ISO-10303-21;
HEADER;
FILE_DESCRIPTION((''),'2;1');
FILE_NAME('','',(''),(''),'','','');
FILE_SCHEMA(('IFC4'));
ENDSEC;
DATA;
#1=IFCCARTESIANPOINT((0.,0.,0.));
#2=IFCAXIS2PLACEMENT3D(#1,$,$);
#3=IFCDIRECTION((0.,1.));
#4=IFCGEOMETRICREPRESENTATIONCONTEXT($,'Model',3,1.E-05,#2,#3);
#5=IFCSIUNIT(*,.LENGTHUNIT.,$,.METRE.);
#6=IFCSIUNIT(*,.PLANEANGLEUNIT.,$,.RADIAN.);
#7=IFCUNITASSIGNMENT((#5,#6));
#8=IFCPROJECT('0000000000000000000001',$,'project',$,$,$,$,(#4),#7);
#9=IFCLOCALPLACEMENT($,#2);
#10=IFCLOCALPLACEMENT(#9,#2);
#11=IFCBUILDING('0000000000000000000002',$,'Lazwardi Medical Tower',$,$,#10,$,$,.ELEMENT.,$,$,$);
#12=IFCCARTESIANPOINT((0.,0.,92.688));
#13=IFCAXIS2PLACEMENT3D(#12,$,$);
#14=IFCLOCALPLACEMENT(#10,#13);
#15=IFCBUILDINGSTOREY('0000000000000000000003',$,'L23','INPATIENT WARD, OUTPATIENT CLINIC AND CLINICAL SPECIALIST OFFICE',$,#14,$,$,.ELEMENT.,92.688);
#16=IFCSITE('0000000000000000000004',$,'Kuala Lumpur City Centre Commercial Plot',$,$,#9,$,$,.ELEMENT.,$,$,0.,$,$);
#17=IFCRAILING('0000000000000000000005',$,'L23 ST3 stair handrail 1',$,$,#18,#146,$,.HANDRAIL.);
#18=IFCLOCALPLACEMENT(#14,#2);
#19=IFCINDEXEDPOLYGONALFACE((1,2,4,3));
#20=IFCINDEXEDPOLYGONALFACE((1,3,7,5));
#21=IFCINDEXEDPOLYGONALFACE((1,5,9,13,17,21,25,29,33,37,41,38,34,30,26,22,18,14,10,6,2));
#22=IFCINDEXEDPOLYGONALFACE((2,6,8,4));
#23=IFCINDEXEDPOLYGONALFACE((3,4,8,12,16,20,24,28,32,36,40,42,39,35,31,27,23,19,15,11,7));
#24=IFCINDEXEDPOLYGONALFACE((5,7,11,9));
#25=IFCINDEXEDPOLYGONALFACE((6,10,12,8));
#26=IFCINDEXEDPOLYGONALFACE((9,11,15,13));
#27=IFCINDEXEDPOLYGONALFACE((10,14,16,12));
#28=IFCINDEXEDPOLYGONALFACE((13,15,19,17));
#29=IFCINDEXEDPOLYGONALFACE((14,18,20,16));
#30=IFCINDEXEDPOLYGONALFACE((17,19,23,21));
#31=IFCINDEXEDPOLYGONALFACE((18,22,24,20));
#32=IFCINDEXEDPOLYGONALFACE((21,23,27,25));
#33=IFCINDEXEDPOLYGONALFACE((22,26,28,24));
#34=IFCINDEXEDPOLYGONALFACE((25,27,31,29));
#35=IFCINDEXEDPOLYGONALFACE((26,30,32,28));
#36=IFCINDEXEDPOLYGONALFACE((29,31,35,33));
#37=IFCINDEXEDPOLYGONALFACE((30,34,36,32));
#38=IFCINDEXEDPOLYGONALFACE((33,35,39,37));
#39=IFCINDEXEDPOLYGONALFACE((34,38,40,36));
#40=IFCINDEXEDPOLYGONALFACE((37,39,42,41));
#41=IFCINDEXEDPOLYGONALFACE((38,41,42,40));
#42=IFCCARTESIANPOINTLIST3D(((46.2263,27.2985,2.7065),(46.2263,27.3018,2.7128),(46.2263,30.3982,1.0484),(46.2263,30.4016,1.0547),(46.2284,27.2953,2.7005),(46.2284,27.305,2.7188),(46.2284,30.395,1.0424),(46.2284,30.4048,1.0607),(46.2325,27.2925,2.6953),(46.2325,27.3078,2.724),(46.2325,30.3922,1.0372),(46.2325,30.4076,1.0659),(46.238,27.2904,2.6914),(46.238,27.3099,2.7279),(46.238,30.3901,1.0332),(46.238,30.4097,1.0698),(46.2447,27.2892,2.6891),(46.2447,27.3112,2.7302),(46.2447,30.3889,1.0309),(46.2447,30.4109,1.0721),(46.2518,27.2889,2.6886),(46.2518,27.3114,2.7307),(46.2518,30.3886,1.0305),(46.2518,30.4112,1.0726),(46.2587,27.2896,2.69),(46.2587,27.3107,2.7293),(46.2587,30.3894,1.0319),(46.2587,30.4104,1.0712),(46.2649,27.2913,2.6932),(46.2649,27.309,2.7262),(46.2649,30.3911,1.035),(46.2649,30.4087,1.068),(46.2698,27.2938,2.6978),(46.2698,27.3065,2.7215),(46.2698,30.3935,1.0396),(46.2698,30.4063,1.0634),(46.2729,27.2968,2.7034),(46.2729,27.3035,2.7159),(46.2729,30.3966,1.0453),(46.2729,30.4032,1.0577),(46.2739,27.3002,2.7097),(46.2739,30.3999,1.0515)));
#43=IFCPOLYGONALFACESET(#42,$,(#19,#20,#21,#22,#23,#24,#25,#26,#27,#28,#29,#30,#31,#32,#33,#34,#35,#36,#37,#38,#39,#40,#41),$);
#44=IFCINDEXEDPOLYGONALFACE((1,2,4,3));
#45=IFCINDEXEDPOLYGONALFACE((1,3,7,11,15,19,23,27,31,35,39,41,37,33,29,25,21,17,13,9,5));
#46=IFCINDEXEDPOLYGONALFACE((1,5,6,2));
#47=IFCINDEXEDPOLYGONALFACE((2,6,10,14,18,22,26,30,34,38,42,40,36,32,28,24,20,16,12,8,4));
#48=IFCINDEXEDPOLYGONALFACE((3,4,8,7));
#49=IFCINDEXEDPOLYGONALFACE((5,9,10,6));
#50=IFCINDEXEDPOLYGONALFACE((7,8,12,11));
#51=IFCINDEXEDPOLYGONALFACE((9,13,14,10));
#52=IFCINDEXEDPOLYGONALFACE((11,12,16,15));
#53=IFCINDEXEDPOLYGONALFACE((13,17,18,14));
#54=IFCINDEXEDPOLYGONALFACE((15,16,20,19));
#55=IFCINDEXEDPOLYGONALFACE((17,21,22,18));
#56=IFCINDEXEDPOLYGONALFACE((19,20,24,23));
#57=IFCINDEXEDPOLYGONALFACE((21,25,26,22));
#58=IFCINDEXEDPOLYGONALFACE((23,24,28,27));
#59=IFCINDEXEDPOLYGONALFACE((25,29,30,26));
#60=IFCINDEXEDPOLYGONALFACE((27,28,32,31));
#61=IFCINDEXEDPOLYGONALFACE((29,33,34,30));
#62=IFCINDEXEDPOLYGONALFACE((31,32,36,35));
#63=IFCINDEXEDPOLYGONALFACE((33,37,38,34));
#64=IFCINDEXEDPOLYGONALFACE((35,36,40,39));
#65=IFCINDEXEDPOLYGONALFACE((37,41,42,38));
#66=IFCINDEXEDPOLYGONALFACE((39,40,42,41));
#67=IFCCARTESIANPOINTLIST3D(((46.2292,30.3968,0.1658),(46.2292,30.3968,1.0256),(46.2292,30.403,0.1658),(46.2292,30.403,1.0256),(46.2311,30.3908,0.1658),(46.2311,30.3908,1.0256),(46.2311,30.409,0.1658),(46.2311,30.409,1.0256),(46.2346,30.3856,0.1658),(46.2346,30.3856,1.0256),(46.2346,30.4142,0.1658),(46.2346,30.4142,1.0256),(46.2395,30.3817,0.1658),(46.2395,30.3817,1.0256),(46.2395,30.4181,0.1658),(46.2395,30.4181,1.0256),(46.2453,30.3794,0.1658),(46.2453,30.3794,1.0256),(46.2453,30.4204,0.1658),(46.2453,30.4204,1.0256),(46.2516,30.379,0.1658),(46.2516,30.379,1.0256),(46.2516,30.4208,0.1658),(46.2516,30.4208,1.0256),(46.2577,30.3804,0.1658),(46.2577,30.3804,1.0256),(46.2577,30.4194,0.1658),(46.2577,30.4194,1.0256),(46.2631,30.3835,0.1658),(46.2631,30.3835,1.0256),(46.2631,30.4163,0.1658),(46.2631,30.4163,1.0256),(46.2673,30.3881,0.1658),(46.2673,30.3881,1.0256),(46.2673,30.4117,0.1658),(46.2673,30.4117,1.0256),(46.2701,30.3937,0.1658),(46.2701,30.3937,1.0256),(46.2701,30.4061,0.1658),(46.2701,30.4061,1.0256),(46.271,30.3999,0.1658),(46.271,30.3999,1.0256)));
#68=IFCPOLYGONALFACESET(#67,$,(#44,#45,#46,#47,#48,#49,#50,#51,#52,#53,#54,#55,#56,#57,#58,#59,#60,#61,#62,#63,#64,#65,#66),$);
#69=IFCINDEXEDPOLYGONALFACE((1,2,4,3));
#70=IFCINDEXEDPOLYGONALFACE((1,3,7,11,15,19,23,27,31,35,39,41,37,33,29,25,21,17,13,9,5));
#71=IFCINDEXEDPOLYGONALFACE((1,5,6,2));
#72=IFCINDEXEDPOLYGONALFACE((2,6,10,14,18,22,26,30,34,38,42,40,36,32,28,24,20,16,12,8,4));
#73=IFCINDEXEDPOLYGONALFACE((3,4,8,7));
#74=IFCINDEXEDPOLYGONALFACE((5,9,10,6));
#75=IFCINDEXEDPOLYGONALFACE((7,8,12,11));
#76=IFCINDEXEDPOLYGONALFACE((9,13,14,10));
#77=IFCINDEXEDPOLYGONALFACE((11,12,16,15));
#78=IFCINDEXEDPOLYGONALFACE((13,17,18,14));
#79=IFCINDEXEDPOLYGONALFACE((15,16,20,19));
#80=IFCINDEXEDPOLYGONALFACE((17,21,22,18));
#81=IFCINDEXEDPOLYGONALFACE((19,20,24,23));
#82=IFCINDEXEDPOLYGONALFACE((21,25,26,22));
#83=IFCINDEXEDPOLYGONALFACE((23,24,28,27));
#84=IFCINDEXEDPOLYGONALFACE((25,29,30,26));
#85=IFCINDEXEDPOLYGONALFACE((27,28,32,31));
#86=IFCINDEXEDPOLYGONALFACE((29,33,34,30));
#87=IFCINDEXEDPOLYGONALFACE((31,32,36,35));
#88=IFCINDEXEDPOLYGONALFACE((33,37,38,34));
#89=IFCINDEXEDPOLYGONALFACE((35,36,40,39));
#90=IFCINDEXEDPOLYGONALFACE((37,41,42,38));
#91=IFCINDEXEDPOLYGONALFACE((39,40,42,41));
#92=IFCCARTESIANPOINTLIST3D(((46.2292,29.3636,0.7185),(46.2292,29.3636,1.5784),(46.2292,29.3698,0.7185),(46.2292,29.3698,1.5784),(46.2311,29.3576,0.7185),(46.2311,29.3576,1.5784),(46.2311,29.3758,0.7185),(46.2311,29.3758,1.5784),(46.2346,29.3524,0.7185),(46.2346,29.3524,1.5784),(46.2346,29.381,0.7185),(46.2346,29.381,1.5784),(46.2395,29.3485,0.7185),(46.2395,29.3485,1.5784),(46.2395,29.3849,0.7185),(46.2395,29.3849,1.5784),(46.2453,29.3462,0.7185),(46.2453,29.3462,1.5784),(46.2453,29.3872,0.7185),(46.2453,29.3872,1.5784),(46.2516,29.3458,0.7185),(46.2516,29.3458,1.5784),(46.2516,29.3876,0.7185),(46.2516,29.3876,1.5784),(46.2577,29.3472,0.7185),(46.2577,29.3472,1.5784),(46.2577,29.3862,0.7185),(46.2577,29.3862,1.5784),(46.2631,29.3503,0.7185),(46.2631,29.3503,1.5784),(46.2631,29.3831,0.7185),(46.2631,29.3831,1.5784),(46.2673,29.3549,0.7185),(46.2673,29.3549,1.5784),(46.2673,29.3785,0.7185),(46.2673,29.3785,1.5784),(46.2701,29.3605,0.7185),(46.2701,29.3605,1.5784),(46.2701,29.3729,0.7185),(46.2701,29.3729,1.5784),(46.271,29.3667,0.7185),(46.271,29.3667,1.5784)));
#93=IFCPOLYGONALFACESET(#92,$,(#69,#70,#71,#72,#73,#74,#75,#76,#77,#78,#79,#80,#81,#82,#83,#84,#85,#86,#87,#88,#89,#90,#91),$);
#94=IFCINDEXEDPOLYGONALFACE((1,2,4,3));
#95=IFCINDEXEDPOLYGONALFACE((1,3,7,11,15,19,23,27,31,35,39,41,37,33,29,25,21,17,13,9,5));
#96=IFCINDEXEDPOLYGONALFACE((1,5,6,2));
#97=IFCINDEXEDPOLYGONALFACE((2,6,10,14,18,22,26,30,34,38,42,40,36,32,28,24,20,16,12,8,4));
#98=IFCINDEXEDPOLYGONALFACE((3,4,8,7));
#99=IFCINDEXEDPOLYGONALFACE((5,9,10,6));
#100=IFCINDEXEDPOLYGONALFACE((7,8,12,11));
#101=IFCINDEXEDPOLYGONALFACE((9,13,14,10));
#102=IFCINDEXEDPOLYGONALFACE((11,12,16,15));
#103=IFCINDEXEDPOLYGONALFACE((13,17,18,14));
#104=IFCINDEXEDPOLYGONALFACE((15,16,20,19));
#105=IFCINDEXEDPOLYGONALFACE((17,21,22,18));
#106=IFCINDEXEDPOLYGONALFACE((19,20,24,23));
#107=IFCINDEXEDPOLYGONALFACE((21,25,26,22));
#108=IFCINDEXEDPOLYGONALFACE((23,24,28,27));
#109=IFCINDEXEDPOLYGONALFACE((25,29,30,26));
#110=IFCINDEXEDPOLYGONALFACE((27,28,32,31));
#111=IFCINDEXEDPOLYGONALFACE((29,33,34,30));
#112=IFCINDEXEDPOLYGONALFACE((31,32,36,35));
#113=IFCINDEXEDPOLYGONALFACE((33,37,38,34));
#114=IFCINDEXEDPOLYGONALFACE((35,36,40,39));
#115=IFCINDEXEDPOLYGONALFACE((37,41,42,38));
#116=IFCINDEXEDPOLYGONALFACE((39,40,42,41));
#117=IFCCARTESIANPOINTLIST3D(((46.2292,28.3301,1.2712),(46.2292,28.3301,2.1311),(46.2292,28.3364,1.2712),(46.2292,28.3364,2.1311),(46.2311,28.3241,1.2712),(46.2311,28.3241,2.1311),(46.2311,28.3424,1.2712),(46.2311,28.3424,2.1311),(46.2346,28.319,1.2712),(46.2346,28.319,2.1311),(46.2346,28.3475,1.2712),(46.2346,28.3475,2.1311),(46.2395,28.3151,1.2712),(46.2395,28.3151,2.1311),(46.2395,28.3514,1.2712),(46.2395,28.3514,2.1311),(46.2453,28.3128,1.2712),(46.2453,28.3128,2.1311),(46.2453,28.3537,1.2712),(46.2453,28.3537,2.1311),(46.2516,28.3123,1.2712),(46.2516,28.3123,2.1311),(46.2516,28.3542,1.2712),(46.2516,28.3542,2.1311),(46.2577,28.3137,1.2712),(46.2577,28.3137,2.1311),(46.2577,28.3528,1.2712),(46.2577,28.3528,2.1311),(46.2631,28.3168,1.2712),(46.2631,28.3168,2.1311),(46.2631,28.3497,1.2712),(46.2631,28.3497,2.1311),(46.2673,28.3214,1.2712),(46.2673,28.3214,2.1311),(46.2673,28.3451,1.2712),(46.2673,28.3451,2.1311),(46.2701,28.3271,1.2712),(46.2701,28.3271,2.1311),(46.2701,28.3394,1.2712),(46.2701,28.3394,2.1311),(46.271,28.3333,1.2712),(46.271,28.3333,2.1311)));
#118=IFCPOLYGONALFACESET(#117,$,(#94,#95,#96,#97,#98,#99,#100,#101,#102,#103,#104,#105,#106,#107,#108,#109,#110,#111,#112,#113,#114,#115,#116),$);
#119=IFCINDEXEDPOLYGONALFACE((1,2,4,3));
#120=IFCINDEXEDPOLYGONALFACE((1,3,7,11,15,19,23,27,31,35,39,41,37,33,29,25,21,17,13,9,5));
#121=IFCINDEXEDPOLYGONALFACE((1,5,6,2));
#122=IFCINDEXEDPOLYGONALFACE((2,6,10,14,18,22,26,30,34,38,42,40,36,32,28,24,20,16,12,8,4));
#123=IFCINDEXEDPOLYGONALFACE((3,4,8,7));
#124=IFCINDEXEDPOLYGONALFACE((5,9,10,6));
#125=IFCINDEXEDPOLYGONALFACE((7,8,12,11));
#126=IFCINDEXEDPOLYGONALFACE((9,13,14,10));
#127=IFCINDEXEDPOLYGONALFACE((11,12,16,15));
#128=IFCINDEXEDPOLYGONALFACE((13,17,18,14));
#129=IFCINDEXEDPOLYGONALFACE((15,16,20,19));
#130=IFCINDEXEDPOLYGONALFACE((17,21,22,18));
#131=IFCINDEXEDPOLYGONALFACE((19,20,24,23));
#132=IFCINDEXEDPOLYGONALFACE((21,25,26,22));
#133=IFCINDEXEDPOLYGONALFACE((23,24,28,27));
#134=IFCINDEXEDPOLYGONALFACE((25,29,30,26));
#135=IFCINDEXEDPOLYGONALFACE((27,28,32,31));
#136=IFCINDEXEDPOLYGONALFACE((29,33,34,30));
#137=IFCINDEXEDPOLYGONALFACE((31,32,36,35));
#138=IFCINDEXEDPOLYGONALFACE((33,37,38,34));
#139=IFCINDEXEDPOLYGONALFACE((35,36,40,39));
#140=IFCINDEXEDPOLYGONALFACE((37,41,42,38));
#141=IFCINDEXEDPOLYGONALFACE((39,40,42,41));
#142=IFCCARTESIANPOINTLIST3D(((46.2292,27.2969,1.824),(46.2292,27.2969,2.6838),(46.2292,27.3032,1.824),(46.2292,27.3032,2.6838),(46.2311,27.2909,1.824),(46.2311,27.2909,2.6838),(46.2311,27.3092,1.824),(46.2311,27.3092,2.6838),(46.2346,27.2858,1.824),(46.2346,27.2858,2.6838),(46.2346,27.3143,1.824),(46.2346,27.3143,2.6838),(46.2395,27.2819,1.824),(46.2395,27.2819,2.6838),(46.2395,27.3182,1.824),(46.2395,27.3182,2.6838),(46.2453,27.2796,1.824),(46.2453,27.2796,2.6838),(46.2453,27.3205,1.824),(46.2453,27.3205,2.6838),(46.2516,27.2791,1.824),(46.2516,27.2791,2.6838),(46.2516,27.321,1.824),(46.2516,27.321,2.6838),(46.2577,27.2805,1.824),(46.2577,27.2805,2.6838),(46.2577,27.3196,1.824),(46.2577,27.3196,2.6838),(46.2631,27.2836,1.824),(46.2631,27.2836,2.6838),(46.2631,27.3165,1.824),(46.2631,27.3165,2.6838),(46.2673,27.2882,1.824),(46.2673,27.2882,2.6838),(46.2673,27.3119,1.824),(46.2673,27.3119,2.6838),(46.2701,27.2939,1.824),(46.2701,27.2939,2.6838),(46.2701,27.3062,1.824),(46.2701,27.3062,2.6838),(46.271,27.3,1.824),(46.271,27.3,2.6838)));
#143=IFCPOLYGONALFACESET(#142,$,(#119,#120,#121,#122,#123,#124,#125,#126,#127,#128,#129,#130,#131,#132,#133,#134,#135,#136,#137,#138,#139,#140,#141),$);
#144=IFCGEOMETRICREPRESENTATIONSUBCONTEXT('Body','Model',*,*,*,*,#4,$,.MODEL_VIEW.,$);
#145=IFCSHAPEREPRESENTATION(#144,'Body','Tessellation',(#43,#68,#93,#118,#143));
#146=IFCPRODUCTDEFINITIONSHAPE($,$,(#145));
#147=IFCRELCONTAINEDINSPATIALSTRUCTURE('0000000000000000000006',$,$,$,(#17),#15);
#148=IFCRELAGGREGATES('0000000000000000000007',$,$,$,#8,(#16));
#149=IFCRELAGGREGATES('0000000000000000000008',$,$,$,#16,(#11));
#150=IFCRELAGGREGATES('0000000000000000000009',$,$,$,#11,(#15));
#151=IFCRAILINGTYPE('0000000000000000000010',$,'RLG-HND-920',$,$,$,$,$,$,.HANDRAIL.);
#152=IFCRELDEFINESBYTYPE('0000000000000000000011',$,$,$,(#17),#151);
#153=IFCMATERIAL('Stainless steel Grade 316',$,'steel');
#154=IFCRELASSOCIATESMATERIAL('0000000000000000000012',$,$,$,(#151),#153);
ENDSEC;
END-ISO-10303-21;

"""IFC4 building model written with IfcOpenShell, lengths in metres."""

from ifc_helpers import new_model, si_unit, direction, frame, origin, origin_2d, place, context, subcontext, project, spatial, circle, extrude, material, type_object, element, save


model = new_model("IFC4")

# Units and contexts
model_context = context("Model", 3, precision=1e-05, world=origin(), true_north=direction((0.0, 1.0)))
body_context = subcontext(model_context, "Body", "Model", "MODEL_VIEW")
ifc_project = project(units=[si_unit("LENGTHUNIT", "METRE"), si_unit("PLANEANGLEUNIT", "RADIAN")], contexts=[model_context])

# Site, building, storey
site_placement = place(None, origin())
site = spatial("IfcSite", under=ifc_project, at=site_placement, Name="Kuala Lumpur City Centre Commercial Plot", CompositionType="ELEMENT", RefElevation=0.0)
building_placement = place(site_placement, origin())
building = spatial("IfcBuilding", under=site, at=building_placement, Name="Lazwardi Medical Tower", CompositionType="ELEMENT")
storey_placement = place(building_placement, frame((0.0, 0.0, 92.688)))
storey = spatial("IfcBuildingStorey", under=building, at=storey_placement, Name="L23", Description="INPATIENT WARD, OUTPATIENT CLINIC AND CLINICAL SPECIALIST OFFICE", CompositionType="ELEMENT", Elevation=92.688)

# Railing
ifc_material_1 = material(Name="Stainless steel Grade 316", Category="steel")
railing_type_1 = type_object("IfcRailingType", Name="RLG-HND-920", PredefinedType="HANDRAIL", material=ifc_material_1)
railing_1_placement = place(storey_placement, frame((46.25, 30.3999, 0.1658)))
element("IfcRailing", 1, at=railing_1_placement, inside=storey, type_object=railing_type_1, Name="L23 ST3 stair handrail 1", PredefinedType="HANDRAIL", context=body_context, shape_type="SweptSolid", body=[
    extrude(circle(Radius=0.0239, at=origin_2d()), frame((0.0, 0.0, 0.8857), z_axis=(0.0, -0.881768, 0.471684), x_axis=(1.0, 0.0, 0.0)), (0.0, 0.0, 1.0), 3.5154),
    extrude(circle(Radius=0.021, at=origin_2d()), origin(), (0.0, 0.0, 1.0), 0.8599),
    extrude(circle(Radius=0.021, at=origin_2d()), frame((0.0, -1.0332, 0.5527)), (0.0, 0.0, 1.0), 0.8599),
    extrude(circle(Radius=0.021, at=origin_2d()), frame((0.0, -2.0667, 1.1055)), (0.0, 0.0, 1.0), 0.8599),
    extrude(circle(Radius=0.021, at=origin_2d()), frame((0.0, -3.0999, 1.6582)), (0.0, 0.0, 1.0), 0.8599),
])

save(model, "model.ifc")
